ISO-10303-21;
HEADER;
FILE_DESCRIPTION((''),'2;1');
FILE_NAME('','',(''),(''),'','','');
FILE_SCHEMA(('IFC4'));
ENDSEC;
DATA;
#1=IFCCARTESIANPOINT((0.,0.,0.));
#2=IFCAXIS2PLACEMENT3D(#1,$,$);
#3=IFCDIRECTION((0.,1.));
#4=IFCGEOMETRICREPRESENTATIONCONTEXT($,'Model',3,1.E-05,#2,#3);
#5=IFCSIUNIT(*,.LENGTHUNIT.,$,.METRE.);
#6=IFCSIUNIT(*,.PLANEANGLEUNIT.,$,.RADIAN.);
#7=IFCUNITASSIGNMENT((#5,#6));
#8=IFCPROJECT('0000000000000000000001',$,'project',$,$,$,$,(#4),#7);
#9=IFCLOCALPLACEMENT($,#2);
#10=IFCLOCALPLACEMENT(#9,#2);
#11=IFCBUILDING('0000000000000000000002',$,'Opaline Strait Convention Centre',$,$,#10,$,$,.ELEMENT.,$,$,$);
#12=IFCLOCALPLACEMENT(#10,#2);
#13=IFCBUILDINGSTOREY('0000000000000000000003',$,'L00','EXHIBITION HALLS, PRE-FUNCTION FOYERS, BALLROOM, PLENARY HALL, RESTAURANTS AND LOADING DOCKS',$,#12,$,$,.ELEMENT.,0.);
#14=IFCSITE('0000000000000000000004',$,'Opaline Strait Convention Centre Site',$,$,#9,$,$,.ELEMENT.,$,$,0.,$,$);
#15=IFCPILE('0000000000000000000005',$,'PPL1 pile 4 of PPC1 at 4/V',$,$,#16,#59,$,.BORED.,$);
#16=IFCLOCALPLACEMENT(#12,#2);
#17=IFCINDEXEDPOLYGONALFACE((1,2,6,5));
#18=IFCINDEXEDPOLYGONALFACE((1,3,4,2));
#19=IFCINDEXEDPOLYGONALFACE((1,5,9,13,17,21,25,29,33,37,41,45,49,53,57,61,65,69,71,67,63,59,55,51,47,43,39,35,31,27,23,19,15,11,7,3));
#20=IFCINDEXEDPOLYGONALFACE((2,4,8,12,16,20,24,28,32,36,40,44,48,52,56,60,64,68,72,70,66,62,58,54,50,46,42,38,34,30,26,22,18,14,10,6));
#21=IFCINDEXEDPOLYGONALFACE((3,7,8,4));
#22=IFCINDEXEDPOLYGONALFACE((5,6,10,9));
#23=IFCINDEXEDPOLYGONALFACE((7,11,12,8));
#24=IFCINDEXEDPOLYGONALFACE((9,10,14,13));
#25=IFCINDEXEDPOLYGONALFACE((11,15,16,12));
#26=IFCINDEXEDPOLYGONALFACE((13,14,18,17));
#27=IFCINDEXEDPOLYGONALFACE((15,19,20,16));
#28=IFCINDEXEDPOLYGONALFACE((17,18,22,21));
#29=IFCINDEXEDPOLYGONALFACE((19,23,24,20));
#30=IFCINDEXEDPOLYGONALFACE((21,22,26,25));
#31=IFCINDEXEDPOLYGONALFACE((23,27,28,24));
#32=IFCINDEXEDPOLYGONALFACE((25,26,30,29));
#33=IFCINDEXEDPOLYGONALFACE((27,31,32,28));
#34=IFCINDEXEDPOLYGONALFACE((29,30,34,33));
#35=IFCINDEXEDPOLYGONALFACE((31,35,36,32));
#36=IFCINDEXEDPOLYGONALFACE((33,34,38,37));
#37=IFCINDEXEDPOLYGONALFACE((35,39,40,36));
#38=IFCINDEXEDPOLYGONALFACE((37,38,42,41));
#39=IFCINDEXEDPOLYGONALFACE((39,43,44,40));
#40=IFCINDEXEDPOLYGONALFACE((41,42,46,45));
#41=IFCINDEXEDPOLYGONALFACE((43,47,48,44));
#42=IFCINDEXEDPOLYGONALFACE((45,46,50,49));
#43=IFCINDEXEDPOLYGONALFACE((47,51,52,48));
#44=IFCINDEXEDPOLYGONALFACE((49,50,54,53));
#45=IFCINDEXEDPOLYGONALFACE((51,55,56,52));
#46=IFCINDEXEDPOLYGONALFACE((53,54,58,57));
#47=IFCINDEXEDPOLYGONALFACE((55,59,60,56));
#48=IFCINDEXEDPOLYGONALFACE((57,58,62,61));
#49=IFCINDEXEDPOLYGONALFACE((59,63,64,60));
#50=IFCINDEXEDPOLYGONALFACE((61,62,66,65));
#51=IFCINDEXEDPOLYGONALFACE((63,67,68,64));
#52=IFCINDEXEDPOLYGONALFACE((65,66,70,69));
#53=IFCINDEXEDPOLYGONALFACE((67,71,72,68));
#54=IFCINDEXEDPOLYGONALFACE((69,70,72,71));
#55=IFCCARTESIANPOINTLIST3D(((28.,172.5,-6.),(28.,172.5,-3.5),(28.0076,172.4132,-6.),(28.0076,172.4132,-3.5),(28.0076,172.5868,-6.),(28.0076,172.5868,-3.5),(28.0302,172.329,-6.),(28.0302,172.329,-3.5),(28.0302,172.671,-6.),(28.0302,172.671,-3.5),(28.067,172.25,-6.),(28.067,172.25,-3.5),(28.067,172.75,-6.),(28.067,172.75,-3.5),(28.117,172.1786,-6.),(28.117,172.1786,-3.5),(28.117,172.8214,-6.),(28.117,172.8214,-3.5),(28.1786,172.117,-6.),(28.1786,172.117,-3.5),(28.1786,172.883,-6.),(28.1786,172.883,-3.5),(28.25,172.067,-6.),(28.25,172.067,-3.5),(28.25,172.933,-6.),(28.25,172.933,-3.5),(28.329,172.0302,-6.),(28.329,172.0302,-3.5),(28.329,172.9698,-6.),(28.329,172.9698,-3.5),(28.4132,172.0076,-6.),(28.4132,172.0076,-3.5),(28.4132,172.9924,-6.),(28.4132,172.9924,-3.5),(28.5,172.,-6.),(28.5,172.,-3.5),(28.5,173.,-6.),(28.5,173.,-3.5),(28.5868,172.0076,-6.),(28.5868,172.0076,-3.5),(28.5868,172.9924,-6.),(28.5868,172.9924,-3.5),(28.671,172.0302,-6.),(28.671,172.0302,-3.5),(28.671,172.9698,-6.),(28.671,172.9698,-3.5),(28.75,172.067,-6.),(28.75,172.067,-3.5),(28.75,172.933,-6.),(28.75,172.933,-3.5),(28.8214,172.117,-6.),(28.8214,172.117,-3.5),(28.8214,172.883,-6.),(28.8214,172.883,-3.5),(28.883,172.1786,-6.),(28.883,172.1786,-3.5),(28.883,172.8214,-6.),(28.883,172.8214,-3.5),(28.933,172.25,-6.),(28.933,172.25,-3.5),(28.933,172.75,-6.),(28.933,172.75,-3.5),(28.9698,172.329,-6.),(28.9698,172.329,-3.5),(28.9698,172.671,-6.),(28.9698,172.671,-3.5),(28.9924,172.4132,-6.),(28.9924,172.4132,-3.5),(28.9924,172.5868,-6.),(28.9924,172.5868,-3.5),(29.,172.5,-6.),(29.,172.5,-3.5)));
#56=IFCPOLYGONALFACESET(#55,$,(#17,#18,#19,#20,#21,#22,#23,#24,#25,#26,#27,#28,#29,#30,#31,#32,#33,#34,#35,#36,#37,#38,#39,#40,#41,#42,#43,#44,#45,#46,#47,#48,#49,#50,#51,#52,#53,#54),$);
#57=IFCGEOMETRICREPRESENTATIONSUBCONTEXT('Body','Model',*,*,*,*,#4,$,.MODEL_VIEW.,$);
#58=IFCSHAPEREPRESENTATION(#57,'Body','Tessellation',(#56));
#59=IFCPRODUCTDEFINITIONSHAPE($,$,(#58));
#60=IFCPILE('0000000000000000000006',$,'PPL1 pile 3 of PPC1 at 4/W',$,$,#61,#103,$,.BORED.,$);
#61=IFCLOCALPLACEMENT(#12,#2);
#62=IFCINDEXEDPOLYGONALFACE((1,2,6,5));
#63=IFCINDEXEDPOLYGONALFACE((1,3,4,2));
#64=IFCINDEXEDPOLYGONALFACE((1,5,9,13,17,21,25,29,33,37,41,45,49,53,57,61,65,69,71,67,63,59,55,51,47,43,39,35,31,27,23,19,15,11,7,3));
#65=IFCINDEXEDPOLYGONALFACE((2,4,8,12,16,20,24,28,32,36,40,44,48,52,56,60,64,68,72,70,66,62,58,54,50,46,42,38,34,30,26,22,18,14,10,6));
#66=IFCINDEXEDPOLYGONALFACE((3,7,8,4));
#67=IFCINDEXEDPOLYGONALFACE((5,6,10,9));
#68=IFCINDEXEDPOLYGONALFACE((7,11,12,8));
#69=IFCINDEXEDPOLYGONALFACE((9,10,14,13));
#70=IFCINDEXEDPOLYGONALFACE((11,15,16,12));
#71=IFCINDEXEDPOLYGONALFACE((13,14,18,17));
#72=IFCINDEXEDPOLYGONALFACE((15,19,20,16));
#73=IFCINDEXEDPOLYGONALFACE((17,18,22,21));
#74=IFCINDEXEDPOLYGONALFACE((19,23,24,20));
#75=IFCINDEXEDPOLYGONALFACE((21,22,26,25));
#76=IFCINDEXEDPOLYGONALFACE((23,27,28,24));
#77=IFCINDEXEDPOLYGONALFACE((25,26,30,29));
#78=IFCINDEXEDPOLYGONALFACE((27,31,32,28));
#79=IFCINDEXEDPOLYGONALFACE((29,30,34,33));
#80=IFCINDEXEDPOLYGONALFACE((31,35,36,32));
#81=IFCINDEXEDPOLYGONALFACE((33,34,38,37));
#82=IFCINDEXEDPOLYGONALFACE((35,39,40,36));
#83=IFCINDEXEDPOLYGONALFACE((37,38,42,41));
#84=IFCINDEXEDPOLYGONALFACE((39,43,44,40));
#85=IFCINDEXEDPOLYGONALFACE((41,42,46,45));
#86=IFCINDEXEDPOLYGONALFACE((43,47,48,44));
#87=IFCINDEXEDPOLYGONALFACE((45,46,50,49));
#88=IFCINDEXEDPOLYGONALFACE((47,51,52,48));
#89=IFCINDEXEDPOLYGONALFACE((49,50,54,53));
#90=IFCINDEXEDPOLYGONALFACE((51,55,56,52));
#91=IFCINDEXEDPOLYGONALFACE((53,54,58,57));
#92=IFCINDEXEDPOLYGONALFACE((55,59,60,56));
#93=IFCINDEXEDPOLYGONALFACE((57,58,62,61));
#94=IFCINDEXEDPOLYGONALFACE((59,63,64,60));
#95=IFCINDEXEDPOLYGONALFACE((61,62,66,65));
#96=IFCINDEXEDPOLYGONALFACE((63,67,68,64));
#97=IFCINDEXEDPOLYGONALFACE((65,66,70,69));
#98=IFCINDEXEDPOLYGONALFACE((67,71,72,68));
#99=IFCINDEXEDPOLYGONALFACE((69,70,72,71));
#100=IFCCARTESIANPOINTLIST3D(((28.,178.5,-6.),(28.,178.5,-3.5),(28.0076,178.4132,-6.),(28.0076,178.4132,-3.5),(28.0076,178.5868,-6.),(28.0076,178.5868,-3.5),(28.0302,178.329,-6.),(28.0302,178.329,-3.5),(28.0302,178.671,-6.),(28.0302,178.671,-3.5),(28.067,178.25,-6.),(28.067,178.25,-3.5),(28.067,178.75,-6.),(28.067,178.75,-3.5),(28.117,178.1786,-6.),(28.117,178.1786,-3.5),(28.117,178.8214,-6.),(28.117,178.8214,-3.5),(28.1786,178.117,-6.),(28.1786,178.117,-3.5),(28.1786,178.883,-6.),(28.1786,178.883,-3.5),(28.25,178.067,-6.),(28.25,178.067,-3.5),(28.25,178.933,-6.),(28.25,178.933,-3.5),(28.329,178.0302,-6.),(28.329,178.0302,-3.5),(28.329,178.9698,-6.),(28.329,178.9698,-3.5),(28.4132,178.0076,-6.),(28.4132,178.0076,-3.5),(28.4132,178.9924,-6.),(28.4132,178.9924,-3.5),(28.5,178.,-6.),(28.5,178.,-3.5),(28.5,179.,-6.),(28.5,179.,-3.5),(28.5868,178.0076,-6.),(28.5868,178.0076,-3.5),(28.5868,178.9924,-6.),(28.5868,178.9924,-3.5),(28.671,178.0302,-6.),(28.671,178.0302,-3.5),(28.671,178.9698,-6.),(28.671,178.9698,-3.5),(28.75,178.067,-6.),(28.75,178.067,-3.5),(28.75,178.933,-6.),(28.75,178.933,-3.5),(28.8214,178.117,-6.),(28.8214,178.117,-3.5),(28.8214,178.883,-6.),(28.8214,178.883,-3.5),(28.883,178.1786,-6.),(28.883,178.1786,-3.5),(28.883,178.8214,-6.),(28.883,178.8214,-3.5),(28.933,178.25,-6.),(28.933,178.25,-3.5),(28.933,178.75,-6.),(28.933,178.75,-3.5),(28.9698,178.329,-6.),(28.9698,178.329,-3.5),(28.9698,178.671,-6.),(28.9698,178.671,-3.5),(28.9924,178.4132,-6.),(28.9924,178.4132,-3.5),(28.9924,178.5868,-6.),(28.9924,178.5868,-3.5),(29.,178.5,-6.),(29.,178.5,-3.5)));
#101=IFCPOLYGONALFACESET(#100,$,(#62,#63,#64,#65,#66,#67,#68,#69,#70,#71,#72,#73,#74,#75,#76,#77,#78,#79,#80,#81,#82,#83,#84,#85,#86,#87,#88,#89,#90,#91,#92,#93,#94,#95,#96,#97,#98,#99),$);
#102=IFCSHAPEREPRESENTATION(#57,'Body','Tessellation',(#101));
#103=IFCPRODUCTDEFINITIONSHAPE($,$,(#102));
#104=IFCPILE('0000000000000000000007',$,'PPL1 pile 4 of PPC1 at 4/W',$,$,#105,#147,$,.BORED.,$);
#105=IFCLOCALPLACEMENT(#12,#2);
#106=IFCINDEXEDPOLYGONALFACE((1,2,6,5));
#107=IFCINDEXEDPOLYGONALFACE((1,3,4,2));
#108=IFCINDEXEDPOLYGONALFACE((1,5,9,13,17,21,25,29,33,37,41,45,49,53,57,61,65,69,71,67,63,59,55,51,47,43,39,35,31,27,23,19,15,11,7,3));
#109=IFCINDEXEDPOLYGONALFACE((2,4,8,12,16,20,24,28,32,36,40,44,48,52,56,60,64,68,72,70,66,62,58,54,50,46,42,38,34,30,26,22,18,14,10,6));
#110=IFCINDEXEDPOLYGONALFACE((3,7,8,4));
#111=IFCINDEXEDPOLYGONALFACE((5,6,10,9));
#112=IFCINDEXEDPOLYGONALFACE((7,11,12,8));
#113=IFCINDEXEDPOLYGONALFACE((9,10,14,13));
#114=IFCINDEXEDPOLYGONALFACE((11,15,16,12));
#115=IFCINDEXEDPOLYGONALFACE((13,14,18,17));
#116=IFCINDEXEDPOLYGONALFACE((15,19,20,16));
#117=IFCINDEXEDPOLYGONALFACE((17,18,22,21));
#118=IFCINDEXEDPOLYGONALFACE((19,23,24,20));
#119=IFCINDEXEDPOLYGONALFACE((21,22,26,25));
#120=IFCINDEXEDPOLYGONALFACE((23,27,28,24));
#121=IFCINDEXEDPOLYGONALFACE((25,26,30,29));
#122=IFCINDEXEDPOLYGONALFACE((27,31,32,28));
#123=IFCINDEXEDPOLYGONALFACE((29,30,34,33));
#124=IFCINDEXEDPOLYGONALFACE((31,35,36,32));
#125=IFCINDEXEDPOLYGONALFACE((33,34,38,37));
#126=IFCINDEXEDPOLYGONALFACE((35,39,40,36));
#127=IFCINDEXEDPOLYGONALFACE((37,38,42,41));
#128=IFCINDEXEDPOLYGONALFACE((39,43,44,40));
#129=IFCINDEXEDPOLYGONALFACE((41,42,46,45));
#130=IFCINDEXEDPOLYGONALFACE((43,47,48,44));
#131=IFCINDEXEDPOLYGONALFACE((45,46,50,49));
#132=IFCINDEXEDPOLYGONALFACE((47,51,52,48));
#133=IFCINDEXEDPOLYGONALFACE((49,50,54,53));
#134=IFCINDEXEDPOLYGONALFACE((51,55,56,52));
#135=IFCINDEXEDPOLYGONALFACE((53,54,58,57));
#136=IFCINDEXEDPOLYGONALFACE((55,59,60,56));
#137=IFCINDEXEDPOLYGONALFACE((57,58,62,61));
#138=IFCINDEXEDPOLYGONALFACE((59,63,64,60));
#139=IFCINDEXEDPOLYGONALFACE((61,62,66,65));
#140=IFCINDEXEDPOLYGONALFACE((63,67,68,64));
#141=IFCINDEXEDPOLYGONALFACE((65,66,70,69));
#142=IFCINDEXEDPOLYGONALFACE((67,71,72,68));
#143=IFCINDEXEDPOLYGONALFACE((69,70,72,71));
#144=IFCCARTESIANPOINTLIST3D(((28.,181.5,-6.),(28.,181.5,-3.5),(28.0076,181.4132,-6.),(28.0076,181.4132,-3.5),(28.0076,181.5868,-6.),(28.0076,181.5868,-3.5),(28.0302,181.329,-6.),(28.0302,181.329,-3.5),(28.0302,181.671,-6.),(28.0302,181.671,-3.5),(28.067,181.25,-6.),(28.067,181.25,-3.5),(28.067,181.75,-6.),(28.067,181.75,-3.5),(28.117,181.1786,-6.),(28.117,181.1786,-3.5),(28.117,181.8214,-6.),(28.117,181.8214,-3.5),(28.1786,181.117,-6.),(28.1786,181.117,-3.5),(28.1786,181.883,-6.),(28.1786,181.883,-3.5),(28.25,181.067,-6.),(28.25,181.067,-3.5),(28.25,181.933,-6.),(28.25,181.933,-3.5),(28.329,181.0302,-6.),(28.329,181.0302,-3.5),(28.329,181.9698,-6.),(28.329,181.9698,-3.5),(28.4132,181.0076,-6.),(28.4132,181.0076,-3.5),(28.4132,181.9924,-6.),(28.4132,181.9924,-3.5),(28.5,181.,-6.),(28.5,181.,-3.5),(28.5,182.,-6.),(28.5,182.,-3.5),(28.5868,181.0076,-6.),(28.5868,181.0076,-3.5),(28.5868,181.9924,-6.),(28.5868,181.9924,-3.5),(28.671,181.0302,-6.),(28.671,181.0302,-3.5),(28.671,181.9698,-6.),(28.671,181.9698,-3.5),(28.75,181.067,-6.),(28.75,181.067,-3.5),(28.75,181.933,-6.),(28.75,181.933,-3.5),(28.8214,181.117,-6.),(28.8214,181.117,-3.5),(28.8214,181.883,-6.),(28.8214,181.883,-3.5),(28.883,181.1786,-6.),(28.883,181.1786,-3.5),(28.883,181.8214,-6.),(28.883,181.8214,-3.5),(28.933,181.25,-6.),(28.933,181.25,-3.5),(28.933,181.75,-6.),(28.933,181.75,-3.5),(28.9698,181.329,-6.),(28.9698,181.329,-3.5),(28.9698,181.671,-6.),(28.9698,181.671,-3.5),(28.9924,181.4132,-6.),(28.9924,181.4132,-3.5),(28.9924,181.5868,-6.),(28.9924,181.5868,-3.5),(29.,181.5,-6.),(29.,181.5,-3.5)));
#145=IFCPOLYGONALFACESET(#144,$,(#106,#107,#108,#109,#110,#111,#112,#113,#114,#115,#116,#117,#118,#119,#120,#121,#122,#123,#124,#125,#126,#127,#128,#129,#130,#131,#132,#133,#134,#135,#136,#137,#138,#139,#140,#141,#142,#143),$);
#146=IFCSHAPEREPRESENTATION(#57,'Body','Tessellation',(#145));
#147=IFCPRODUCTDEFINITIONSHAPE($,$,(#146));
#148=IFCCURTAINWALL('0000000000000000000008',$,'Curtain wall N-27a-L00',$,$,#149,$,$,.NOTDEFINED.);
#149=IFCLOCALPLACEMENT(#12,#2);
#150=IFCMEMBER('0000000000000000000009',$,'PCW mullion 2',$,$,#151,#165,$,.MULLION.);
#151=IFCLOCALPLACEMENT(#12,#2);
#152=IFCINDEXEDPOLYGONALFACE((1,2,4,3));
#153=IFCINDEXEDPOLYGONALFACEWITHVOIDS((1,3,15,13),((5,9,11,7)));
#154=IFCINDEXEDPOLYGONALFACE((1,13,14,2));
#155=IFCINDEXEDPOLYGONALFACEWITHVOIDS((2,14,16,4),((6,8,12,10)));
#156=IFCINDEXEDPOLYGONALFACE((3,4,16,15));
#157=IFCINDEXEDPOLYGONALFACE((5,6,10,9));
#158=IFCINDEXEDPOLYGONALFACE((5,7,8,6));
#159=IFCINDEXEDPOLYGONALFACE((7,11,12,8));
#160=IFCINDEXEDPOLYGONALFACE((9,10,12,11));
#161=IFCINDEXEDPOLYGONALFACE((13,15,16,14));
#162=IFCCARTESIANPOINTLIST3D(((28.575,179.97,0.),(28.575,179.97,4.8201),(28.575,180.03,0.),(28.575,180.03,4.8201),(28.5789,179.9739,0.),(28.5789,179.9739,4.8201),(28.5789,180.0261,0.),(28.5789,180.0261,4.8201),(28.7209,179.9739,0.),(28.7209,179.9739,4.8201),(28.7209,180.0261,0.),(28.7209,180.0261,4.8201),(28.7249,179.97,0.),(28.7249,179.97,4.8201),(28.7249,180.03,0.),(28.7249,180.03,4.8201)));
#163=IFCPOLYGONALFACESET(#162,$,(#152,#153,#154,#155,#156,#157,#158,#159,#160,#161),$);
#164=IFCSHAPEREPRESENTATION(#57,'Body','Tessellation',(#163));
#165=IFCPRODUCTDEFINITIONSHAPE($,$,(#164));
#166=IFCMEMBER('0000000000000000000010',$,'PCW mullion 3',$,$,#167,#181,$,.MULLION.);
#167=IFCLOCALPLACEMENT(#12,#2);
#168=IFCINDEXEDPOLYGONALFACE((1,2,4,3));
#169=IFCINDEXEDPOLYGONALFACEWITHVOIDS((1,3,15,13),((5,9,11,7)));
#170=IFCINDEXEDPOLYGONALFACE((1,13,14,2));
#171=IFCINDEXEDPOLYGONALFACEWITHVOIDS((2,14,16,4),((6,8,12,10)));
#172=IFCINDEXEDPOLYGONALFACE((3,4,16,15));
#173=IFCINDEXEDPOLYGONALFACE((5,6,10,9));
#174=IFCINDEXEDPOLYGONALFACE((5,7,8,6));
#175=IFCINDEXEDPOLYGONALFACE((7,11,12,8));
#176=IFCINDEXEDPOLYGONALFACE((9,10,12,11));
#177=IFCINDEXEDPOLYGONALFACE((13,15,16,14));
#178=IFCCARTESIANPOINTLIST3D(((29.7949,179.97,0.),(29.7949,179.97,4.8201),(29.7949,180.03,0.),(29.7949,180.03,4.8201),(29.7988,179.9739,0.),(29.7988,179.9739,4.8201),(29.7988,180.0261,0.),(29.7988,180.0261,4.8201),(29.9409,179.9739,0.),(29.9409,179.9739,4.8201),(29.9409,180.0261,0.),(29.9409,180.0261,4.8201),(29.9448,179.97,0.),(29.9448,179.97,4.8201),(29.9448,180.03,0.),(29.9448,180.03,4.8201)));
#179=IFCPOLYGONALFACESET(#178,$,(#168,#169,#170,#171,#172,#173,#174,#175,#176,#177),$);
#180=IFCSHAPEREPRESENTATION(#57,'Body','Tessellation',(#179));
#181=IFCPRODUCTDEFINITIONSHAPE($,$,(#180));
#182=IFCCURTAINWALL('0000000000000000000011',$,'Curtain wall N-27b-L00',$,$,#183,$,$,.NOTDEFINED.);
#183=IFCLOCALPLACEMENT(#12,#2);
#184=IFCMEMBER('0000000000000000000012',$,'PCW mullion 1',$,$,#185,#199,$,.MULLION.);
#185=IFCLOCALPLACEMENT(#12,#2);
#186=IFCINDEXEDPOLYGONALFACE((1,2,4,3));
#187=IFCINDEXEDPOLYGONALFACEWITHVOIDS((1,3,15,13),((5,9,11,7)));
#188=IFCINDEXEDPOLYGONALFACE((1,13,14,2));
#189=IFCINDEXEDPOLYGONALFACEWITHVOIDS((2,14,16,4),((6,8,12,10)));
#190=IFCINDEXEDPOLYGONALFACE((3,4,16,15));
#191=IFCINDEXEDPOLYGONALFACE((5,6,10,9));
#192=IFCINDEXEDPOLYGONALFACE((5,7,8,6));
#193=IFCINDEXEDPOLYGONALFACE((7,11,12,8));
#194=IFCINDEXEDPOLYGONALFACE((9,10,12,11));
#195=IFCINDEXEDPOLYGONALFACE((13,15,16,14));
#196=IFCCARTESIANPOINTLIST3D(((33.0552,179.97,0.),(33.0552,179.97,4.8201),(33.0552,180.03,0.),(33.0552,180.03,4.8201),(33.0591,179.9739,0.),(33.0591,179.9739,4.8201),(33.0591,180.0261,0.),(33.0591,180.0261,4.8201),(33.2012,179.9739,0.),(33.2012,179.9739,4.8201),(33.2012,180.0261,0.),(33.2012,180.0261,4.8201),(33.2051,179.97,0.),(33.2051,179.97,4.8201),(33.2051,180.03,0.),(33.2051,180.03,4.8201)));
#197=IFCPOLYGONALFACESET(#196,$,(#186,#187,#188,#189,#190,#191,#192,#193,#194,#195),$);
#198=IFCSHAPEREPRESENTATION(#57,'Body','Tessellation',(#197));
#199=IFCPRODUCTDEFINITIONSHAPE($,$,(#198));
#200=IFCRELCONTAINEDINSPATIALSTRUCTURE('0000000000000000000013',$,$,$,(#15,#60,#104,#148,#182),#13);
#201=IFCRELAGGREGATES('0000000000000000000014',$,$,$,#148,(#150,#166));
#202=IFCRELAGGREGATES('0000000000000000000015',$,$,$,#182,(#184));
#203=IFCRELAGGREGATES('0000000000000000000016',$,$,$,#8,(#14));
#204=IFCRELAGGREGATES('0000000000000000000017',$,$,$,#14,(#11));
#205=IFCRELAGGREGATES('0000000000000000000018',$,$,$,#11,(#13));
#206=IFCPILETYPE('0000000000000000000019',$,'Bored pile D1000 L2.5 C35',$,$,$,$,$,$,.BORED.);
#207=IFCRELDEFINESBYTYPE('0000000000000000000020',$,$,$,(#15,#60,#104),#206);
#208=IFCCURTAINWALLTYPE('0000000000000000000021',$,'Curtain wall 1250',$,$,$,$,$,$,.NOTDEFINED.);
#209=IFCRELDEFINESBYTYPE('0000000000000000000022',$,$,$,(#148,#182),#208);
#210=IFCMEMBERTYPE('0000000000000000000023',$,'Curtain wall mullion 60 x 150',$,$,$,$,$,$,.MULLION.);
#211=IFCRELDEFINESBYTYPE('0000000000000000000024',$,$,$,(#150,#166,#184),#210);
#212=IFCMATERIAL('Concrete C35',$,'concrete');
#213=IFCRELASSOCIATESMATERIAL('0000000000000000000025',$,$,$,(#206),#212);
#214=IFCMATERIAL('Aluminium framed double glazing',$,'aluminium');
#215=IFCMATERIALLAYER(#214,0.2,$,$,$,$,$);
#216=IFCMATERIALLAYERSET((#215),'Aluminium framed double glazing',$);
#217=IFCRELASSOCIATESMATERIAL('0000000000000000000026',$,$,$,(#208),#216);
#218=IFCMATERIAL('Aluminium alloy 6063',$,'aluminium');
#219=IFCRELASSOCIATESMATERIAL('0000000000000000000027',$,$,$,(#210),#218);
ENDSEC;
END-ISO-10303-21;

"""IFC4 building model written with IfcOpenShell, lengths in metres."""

from ifc_helpers import new_model, si_unit, direction, frame, origin, origin_2d, place, context, subcontext, project, spatial, hollow_rectangle, circle, extrude, material, layer, layer_set, material_profile, profile_set, type_object, element, aggregate, save


model = new_model("IFC4")

# Units and contexts
model_context = context("Model", 3, precision=1e-05, world=origin(), true_north=direction((0.0, 1.0)))
body_context = subcontext(model_context, "Body", "Model", "MODEL_VIEW")
ifc_project = project(units=[si_unit("LENGTHUNIT", "METRE"), si_unit("PLANEANGLEUNIT", "RADIAN")], contexts=[model_context])

# Site, building, storey
site_placement = place(None, origin())
site = spatial("IfcSite", under=ifc_project, at=site_placement, Name="Opaline Strait Convention Centre Site", CompositionType="ELEMENT", RefElevation=0.0)
building_placement = place(site_placement, origin())
building = spatial("IfcBuilding", under=site, at=building_placement, Name="Opaline Strait Convention Centre", CompositionType="ELEMENT")
storey_placement = place(building_placement, origin())
storey = spatial("IfcBuildingStorey", under=building, at=storey_placement, Name="L00", Description="EXHIBITION HALLS, PRE-FUNCTION FOYERS, BALLROOM, PLENARY HALL, RESTAURANTS AND LOADING DOCKS", CompositionType="ELEMENT", Elevation=0.0)

# Piles
ifc_material_1 = material(Name="Concrete C35", Category="concrete")
ifc_material_profile_1 = material_profile(ifc_material_1, circle(Radius=0.5, at=origin_2d()), Name="D1000")
ifc_profile_set_1 = profile_set([ifc_material_profile_1], Name="Concrete C35")
pile_type = type_object("IfcPileType", Name="Bored pile D1000 L2.5 C35", PredefinedType="BORED", material=ifc_profile_set_1)
for number, where, z_axis, x_axis, name in (
    (1, (28.5, 172.5, -3.5), (0.0, 0.0, -1.0), (1.0, 0.0, 0.0), "PPL1 pile 4 of PPC1 at 4/V"),
    (2, (28.5, 178.5, -3.5), (0.0, 0.0, -1.0), (1.0, 0.0, 0.0), "PPL1 pile 3 of PPC1 at 4/W"),
    (3, (28.5, 181.5, -3.5), (0.0, 0.0, -1.0), (1.0, 0.0, 0.0), "PPL1 pile 4 of PPC1 at 4/W"),
):
    element("IfcPile", number, at=place(storey_placement, frame(where, z_axis=z_axis, x_axis=x_axis)), inside=storey, type_object=pile_type, Name=name, PredefinedType="BORED", context=body_context, shape_type="SweptSolid", body=[
        extrude(circle(Radius=0.5, at=origin_2d()), origin(), (0.0, 0.0, 1.0), 2.5),
    ])

# Curtain walls, members
ifc_material_2 = material(Name="Aluminium framed double glazing", Category="aluminium")
ifc_layer_1 = layer(ifc_material_2, 0.2)
ifc_layer_set_1 = layer_set([ifc_layer_1], Name="Aluminium framed double glazing")
curtain_wall_type = type_object("IfcCurtainWallType", Name="Curtain wall 1250", PredefinedType="NOTDEFINED", material=ifc_layer_set_1)
curtain_wall_1_placement = place(storey_placement, origin())
curtain_wall_1 = element("IfcCurtainWall", 4, at=curtain_wall_1_placement, inside=storey, type_object=curtain_wall_type, Name="Curtain wall N-27a-L00", PredefinedType="NOTDEFINED")
ifc_material_3 = material(Name="Aluminium alloy 6063", Category="aluminium")
ifc_material_profile_2 = material_profile(ifc_material_3, hollow_rectangle(XDim=0.0601, YDim=0.1499, WallThickness=0.0039, at=origin_2d()), Name="MULLION 60x150x4")
ifc_profile_set_2 = profile_set([ifc_material_profile_2], Name="Aluminium alloy 6063")
member_type_1 = type_object("IfcMemberType", Name="Curtain wall mullion 60 x 150", PredefinedType="MULLION", material=ifc_profile_set_2)
member_1_placement = place(storey_placement, frame((28.6499, 180.0, 0.0), z_axis=(0.0, 0.0, 1.0), x_axis=(0.0, 1.0, 0.0)))
member_1 = element("IfcMember", 5, at=member_1_placement, type_object=member_type_1, Name="PCW mullion 2", PredefinedType="MULLION", context=body_context, shape_type="SweptSolid", body=[
    extrude(hollow_rectangle(XDim=0.0601, YDim=0.1499, WallThickness=0.0039, at=origin_2d()), origin(), (0.0, 0.0, 1.0), 4.8201),
])
member_2_placement = place(storey_placement, frame((29.8699, 180.0, 0.0), z_axis=(0.0, 0.0, 1.0), x_axis=(0.0, 1.0, 0.0)))
member_2 = element("IfcMember", 6, at=member_2_placement, type_object=member_type_1, Name="PCW mullion 3", PredefinedType="MULLION", context=body_context, shape_type="SweptSolid", body=[
    extrude(hollow_rectangle(XDim=0.0601, YDim=0.1499, WallThickness=0.0039, at=origin_2d()), origin(), (0.0, 0.0, 1.0), 4.8201),
])
curtain_wall_2_placement = place(storey_placement, origin())
curtain_wall_2 = element("IfcCurtainWall", 7, at=curtain_wall_2_placement, inside=storey, type_object=curtain_wall_type, Name="Curtain wall N-27b-L00", PredefinedType="NOTDEFINED")
member_3_placement = place(storey_placement, frame((33.1301, 180.0, 0.0), z_axis=(0.0, 0.0, 1.0), x_axis=(0.0, 1.0, 0.0)))
member_3 = element("IfcMember", 8, at=member_3_placement, type_object=member_type_1, Name="PCW mullion 1", PredefinedType="MULLION", context=body_context, shape_type="SweptSolid", body=[
    extrude(hollow_rectangle(XDim=0.0601, YDim=0.1499, WallThickness=0.0039, at=origin_2d()), origin(), (0.0, 0.0, 1.0), 4.8201),
])

aggregate(curtain_wall_1, [member_1, member_2])
aggregate(curtain_wall_2, [member_3])

save(model, "model.ifc")
